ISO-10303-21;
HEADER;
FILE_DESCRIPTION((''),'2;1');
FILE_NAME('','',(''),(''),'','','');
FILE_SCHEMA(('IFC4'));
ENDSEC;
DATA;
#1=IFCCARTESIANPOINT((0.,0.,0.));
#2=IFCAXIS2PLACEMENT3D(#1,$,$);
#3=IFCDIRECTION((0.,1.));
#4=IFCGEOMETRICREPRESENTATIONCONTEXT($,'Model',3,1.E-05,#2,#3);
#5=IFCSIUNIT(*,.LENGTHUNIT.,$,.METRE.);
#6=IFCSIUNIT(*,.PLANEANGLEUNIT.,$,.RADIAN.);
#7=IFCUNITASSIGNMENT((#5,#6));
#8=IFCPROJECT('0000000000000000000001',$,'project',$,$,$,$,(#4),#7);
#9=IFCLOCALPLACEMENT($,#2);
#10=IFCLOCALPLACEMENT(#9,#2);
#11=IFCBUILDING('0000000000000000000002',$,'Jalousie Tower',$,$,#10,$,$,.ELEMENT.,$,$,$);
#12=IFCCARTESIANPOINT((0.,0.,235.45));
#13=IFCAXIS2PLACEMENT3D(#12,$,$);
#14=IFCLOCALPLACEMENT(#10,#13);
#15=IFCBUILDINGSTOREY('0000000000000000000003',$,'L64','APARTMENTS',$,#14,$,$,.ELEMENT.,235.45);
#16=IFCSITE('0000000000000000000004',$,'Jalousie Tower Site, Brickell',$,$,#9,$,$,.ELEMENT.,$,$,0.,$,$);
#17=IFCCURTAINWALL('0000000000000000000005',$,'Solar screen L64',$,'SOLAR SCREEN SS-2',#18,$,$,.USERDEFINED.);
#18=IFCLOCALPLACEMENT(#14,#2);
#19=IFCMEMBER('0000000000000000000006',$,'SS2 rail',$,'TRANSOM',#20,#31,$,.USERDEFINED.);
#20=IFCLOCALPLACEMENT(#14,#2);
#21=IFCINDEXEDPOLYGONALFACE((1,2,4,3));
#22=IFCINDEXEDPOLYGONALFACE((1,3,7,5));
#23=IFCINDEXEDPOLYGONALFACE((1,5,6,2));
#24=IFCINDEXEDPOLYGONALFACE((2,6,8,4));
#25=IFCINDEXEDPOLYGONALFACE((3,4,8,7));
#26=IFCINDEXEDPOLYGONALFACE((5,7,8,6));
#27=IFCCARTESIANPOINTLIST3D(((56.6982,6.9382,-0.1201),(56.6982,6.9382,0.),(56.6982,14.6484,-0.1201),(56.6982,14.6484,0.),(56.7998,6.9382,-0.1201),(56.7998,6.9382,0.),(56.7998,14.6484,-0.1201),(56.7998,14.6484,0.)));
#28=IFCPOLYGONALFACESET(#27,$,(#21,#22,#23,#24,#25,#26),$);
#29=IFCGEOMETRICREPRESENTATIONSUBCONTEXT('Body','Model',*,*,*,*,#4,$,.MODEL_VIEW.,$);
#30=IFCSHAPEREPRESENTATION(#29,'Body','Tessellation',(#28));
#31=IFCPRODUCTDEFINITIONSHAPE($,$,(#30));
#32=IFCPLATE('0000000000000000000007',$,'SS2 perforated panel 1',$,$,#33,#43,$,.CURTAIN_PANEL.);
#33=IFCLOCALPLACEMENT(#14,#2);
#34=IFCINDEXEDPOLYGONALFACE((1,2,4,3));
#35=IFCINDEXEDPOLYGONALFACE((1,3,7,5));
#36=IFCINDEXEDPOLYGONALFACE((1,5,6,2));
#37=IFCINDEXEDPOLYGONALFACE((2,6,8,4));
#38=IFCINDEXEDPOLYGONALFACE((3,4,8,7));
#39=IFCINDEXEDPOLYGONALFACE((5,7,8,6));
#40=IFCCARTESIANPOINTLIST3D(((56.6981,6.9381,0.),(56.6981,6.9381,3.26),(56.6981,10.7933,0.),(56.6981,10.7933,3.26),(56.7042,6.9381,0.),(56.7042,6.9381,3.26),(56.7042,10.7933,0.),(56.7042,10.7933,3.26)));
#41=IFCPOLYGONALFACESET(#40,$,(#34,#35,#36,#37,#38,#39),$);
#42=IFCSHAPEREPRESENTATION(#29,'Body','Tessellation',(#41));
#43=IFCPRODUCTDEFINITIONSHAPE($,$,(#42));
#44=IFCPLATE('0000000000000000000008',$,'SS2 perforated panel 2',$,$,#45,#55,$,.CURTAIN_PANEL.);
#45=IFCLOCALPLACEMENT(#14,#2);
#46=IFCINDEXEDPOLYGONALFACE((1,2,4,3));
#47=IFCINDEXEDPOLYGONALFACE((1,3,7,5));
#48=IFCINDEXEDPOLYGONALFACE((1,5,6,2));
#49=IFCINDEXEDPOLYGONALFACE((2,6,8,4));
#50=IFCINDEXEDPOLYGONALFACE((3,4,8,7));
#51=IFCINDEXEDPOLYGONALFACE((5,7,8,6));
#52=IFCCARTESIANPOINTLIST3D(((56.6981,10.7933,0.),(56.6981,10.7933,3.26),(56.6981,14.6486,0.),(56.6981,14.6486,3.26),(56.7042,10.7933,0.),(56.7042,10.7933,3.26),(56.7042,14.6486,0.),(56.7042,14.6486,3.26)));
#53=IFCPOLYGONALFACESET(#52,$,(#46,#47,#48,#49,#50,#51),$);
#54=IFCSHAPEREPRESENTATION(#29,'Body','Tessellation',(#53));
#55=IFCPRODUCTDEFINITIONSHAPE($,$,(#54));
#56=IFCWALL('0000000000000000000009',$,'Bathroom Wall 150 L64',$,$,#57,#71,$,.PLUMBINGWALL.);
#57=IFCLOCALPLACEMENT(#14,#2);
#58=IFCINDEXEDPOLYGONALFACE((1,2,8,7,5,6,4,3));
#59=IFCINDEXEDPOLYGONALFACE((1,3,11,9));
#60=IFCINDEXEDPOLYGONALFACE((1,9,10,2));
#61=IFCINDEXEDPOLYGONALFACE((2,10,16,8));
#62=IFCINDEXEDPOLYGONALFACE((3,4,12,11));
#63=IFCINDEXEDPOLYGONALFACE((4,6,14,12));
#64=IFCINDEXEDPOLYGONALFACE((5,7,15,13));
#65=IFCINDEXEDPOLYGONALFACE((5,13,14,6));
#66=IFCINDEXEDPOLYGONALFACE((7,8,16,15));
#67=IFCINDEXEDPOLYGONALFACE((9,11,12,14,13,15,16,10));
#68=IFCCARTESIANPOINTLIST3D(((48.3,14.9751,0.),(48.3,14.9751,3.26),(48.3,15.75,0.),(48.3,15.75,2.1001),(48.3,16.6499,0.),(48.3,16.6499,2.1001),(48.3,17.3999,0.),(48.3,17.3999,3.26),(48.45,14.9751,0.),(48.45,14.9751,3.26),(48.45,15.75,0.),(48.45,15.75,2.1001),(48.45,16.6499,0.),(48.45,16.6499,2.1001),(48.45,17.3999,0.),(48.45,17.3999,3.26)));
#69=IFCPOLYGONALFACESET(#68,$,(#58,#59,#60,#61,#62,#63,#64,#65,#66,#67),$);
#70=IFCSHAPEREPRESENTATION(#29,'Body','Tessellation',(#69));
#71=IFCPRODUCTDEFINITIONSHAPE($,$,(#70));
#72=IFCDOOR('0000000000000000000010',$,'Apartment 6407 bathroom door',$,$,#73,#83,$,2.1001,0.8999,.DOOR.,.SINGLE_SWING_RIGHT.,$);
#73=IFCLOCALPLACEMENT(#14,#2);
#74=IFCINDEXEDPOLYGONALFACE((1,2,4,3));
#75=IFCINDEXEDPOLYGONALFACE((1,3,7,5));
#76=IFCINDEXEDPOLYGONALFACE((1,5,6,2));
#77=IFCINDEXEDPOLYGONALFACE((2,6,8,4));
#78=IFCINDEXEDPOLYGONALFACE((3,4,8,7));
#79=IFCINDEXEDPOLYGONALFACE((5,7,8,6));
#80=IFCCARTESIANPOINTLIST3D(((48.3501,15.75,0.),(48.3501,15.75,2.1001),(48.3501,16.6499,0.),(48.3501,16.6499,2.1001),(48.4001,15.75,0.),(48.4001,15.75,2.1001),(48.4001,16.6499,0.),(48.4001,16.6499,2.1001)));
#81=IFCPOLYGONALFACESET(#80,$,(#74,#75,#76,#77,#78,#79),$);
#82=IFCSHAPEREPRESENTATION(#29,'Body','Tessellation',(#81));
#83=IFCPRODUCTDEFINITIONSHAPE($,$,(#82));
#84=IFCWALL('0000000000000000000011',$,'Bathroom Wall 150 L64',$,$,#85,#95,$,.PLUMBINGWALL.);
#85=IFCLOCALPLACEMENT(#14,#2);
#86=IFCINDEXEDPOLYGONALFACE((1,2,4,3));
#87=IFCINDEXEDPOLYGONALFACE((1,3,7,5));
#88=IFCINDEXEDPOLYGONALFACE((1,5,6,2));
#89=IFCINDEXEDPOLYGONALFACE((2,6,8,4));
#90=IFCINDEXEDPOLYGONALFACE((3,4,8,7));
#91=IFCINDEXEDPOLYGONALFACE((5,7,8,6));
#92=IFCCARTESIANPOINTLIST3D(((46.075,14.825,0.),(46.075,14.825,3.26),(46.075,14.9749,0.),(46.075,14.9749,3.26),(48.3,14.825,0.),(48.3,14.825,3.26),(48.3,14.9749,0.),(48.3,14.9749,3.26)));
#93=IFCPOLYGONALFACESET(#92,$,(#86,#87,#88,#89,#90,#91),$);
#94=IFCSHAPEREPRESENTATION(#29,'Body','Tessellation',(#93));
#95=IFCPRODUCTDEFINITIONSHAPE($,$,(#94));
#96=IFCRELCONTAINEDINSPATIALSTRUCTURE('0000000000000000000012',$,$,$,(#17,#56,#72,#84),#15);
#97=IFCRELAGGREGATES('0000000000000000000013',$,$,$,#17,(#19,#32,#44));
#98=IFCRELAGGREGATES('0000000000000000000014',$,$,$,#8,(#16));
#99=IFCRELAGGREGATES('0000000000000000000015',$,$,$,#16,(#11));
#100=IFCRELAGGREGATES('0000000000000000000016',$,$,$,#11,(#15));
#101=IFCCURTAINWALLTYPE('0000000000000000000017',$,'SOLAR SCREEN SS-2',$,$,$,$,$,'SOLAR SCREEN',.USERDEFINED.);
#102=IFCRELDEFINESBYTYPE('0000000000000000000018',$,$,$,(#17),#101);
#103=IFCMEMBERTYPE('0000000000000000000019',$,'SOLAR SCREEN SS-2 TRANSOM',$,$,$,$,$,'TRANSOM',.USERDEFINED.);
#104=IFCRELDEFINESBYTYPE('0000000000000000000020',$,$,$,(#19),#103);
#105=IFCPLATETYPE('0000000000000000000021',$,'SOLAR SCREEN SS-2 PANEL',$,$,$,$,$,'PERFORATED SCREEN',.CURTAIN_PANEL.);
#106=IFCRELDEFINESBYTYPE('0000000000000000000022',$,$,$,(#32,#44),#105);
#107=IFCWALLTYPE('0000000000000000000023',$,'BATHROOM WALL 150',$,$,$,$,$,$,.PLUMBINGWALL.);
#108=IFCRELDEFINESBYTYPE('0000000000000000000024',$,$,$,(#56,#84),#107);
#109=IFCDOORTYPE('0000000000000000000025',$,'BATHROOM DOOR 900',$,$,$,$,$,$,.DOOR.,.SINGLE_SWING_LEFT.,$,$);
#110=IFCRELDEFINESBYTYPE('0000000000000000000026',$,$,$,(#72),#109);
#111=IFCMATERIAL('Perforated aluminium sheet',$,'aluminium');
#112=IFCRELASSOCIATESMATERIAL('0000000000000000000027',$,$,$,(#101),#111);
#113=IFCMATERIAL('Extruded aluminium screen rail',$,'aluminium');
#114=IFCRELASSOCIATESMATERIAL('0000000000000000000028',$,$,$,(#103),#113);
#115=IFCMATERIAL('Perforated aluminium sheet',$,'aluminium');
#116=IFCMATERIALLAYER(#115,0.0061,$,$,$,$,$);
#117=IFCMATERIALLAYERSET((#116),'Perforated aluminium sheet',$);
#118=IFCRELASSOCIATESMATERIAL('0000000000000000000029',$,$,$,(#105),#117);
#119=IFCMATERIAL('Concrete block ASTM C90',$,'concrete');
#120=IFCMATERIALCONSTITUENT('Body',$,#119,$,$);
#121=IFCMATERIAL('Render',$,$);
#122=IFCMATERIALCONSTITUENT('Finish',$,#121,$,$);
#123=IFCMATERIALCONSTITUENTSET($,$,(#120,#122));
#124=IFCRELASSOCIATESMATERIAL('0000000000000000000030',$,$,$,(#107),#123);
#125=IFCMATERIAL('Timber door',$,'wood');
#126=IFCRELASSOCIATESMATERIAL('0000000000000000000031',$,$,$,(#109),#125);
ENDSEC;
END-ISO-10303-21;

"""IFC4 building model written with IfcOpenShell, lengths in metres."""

from ifc_helpers import new_model, si_unit, direction, frame, frame_2d, origin, origin_2d, place, context, subcontext, project, spatial, rectangle, extrude, material, layer, layer_set, constituent, constituent_set, material_profile, profile_set, type_object, element, fill, aggregate, save


model = new_model("IFC4")

# Units and contexts
model_context = context("Model", 3, precision=1e-05, world=origin(), true_north=direction((0.0, 1.0)))
body_context = subcontext(model_context, "Body", "Model", "MODEL_VIEW")
ifc_project = project(units=[si_unit("LENGTHUNIT", "METRE"), si_unit("PLANEANGLEUNIT", "RADIAN")], contexts=[model_context])

# Site, building, storey
site_placement = place(None, origin())
site = spatial("IfcSite", under=ifc_project, at=site_placement, Name="Jalousie Tower Site, Brickell", CompositionType="ELEMENT", RefElevation=0.0)
building_placement = place(site_placement, origin())
building = spatial("IfcBuilding", under=site, at=building_placement, Name="Jalousie Tower", CompositionType="ELEMENT")
storey_placement = place(building_placement, frame((0.0, 0.0, 235.45)))
storey = spatial("IfcBuildingStorey", under=building, at=storey_placement, Name="L64", Description="APARTMENTS", CompositionType="ELEMENT", Elevation=235.45)

# Curtain wall, member, plates
ifc_material_1 = material(Name="Perforated aluminium sheet", Category="aluminium")
curtain_wall_type_1 = type_object("IfcCurtainWallType", Name="SOLAR SCREEN SS-2", ElementType="SOLAR SCREEN", PredefinedType="USERDEFINED", material=ifc_material_1)
curtain_wall_1_placement = place(storey_placement, origin())
curtain_wall_1 = element("IfcCurtainWall", 1, at=curtain_wall_1_placement, inside=storey, type_object=curtain_wall_type_1, Name="Solar screen L64", ObjectType="SOLAR SCREEN SS-2", PredefinedType="USERDEFINED")
ifc_material_2 = material(Name="Extruded aluminium screen rail", Category="aluminium")
ifc_material_profile_1 = material_profile(ifc_material_2, rectangle(XDim=0.1016, YDim=0.1201, at=origin_2d()), Name="RAIL 102x120")
ifc_profile_set_1 = profile_set([ifc_material_profile_1], Name="Extruded aluminium screen rail")
member_type_1 = type_object("IfcMemberType", Name="SOLAR SCREEN SS-2 TRANSOM", ElementType="TRANSOM", PredefinedType="USERDEFINED", material=ifc_profile_set_1)
member_1_placement = place(storey_placement, frame((56.749, 6.9382, -0.0601), z_axis=(0.0, 1.0, 0.0), x_axis=(-1.0, 0.0, 0.0)))
member_1 = element("IfcMember", 2, at=member_1_placement, type_object=member_type_1, Name="SS2 rail", ObjectType="TRANSOM", PredefinedType="USERDEFINED", context=body_context, shape_type="SweptSolid", body=[
    extrude(rectangle(XDim=0.1016, YDim=0.1201, at=origin_2d()), origin(), (0.0, 0.0, 1.0), 7.7102),
])
ifc_material_3 = material(Name="Perforated aluminium sheet", Category="aluminium")
ifc_layer_1 = layer(ifc_material_3, 0.0061)
ifc_layer_set_1 = layer_set([ifc_layer_1], Name="Perforated aluminium sheet")
plate_type = type_object("IfcPlateType", Name="SOLAR SCREEN SS-2 PANEL", ElementType="PERFORATED SCREEN", PredefinedType="CURTAIN_PANEL", material=ifc_layer_set_1)
plate_1_placement = place(storey_placement, frame((56.7012, 8.8657, 0.0), z_axis=(0.0, 0.0, 1.0), x_axis=(0.0, 1.0, 0.0)))
plate_1 = element("IfcPlate", 3, at=plate_1_placement, type_object=plate_type, Name="SS2 perforated panel 1", PredefinedType="CURTAIN_PANEL", context=body_context, shape_type="SweptSolid", body=[
    extrude(rectangle(XDim=3.8552, YDim=0.0061, at=origin_2d()), origin(), (0.0, 0.0, 1.0), 3.26),
])
plate_2_placement = place(storey_placement, frame((56.7012, 12.7209, 0.0), z_axis=(0.0, 0.0, 1.0), x_axis=(0.0, 1.0, 0.0)))
plate_2 = element("IfcPlate", 4, at=plate_2_placement, type_object=plate_type, Name="SS2 perforated panel 2", PredefinedType="CURTAIN_PANEL", context=body_context, shape_type="SweptSolid", body=[
    extrude(rectangle(XDim=3.8552, YDim=0.0061, at=origin_2d()), origin(), (0.0, 0.0, 1.0), 3.26),
])
aggregate(curtain_wall_1, [member_1, plate_1, plate_2])

# Wall, opening, door
ifc_material_4 = material(Name="Concrete block ASTM C90", Category="concrete")
ifc_constituent_1 = constituent(ifc_material_4, Name="Body")
ifc_material_5 = material(Name="Render")
ifc_constituent_2 = constituent(ifc_material_5, Name="Finish")
ifc_constituent_set_1 = constituent_set(constituents=[ifc_constituent_1, ifc_constituent_2])
wall_type_1 = type_object("IfcWallType", Name="BATHROOM WALL 150", PredefinedType="PLUMBINGWALL", material=ifc_constituent_set_1)
wall_1_placement = place(storey_placement, frame((48.375, 14.9751, 0.0), z_axis=(0.0, 0.0, 1.0), x_axis=(0.0, 1.0, 0.0)))
wall_1 = element("IfcWall", 5, at=wall_1_placement, inside=storey, type_object=wall_type_1, Name="Bathroom Wall 150 L64", PredefinedType="PLUMBINGWALL", context=body_context, shape_type="SweptSolid", body=[
    extrude(rectangle(XDim=2.4248, YDim=0.1499, at=frame_2d((1.2124, 0.0))), origin(), (0.0, 0.0, 1.0), 3.26),
])
opening_1_placement = place(wall_1_placement, frame((0.7749, 0.0, 0.0)))
opening_1 = element("IfcOpeningElement", 6, at=opening_1_placement, cuts=wall_1, PredefinedType="OPENING", context=body_context, shape_type="SweptSolid", body=[
    extrude(rectangle(XDim=0.8999, YDim=2.1001, at=frame_2d((0.45, 1.05))), frame((0.0, 0.085, 0.0), z_axis=(0.0, -1.0, 0.0), x_axis=(1.0, 0.0, 0.0)), (0.0, 0.0, 1.0), 0.1699),
])
ifc_material_6 = material(Name="Timber door", Category="wood")
door_type_1 = type_object("IfcDoorType", Name="BATHROOM DOOR 900", OperationType="SINGLE_SWING_LEFT", PredefinedType="DOOR", material=ifc_material_6)
door_1_placement = place(opening_1_placement, origin())
door_1 = element("IfcDoor", 7, at=door_1_placement, inside=storey, type_object=door_type_1, Name="Apartment 6407 bathroom door", OperationType="SINGLE_SWING_RIGHT", OverallHeight=2.1001, OverallWidth=0.8999, PredefinedType="DOOR", context=body_context, shape_type="SweptSolid", body=[
    extrude(rectangle(XDim=0.8999, YDim=2.1001, at=frame_2d((0.45, 1.05))), frame((0.0, 0.0249, 0.0), z_axis=(0.0, -1.0, 0.0), x_axis=(1.0, 0.0, 0.0)), (0.0, 0.0, 1.0), 0.05),
])
fill(opening_1, door_1)

# Wall
wall_2_placement = place(storey_placement, frame((48.3, 14.8999, 0.0), z_axis=(0.0, 0.0, 1.0), x_axis=(-1.0, 0.0, 0.0)))
element("IfcWall", 8, at=wall_2_placement, inside=storey, type_object=wall_type_1, Name="Bathroom Wall 150 L64", PredefinedType="PLUMBINGWALL", context=body_context, shape_type="SweptSolid", body=[
    extrude(rectangle(XDim=2.2251, YDim=0.1499, at=frame_2d((1.1125, 0.0))), origin(), (0.0, 0.0, 1.0), 3.26),
])

save(model, "model.ifc")
